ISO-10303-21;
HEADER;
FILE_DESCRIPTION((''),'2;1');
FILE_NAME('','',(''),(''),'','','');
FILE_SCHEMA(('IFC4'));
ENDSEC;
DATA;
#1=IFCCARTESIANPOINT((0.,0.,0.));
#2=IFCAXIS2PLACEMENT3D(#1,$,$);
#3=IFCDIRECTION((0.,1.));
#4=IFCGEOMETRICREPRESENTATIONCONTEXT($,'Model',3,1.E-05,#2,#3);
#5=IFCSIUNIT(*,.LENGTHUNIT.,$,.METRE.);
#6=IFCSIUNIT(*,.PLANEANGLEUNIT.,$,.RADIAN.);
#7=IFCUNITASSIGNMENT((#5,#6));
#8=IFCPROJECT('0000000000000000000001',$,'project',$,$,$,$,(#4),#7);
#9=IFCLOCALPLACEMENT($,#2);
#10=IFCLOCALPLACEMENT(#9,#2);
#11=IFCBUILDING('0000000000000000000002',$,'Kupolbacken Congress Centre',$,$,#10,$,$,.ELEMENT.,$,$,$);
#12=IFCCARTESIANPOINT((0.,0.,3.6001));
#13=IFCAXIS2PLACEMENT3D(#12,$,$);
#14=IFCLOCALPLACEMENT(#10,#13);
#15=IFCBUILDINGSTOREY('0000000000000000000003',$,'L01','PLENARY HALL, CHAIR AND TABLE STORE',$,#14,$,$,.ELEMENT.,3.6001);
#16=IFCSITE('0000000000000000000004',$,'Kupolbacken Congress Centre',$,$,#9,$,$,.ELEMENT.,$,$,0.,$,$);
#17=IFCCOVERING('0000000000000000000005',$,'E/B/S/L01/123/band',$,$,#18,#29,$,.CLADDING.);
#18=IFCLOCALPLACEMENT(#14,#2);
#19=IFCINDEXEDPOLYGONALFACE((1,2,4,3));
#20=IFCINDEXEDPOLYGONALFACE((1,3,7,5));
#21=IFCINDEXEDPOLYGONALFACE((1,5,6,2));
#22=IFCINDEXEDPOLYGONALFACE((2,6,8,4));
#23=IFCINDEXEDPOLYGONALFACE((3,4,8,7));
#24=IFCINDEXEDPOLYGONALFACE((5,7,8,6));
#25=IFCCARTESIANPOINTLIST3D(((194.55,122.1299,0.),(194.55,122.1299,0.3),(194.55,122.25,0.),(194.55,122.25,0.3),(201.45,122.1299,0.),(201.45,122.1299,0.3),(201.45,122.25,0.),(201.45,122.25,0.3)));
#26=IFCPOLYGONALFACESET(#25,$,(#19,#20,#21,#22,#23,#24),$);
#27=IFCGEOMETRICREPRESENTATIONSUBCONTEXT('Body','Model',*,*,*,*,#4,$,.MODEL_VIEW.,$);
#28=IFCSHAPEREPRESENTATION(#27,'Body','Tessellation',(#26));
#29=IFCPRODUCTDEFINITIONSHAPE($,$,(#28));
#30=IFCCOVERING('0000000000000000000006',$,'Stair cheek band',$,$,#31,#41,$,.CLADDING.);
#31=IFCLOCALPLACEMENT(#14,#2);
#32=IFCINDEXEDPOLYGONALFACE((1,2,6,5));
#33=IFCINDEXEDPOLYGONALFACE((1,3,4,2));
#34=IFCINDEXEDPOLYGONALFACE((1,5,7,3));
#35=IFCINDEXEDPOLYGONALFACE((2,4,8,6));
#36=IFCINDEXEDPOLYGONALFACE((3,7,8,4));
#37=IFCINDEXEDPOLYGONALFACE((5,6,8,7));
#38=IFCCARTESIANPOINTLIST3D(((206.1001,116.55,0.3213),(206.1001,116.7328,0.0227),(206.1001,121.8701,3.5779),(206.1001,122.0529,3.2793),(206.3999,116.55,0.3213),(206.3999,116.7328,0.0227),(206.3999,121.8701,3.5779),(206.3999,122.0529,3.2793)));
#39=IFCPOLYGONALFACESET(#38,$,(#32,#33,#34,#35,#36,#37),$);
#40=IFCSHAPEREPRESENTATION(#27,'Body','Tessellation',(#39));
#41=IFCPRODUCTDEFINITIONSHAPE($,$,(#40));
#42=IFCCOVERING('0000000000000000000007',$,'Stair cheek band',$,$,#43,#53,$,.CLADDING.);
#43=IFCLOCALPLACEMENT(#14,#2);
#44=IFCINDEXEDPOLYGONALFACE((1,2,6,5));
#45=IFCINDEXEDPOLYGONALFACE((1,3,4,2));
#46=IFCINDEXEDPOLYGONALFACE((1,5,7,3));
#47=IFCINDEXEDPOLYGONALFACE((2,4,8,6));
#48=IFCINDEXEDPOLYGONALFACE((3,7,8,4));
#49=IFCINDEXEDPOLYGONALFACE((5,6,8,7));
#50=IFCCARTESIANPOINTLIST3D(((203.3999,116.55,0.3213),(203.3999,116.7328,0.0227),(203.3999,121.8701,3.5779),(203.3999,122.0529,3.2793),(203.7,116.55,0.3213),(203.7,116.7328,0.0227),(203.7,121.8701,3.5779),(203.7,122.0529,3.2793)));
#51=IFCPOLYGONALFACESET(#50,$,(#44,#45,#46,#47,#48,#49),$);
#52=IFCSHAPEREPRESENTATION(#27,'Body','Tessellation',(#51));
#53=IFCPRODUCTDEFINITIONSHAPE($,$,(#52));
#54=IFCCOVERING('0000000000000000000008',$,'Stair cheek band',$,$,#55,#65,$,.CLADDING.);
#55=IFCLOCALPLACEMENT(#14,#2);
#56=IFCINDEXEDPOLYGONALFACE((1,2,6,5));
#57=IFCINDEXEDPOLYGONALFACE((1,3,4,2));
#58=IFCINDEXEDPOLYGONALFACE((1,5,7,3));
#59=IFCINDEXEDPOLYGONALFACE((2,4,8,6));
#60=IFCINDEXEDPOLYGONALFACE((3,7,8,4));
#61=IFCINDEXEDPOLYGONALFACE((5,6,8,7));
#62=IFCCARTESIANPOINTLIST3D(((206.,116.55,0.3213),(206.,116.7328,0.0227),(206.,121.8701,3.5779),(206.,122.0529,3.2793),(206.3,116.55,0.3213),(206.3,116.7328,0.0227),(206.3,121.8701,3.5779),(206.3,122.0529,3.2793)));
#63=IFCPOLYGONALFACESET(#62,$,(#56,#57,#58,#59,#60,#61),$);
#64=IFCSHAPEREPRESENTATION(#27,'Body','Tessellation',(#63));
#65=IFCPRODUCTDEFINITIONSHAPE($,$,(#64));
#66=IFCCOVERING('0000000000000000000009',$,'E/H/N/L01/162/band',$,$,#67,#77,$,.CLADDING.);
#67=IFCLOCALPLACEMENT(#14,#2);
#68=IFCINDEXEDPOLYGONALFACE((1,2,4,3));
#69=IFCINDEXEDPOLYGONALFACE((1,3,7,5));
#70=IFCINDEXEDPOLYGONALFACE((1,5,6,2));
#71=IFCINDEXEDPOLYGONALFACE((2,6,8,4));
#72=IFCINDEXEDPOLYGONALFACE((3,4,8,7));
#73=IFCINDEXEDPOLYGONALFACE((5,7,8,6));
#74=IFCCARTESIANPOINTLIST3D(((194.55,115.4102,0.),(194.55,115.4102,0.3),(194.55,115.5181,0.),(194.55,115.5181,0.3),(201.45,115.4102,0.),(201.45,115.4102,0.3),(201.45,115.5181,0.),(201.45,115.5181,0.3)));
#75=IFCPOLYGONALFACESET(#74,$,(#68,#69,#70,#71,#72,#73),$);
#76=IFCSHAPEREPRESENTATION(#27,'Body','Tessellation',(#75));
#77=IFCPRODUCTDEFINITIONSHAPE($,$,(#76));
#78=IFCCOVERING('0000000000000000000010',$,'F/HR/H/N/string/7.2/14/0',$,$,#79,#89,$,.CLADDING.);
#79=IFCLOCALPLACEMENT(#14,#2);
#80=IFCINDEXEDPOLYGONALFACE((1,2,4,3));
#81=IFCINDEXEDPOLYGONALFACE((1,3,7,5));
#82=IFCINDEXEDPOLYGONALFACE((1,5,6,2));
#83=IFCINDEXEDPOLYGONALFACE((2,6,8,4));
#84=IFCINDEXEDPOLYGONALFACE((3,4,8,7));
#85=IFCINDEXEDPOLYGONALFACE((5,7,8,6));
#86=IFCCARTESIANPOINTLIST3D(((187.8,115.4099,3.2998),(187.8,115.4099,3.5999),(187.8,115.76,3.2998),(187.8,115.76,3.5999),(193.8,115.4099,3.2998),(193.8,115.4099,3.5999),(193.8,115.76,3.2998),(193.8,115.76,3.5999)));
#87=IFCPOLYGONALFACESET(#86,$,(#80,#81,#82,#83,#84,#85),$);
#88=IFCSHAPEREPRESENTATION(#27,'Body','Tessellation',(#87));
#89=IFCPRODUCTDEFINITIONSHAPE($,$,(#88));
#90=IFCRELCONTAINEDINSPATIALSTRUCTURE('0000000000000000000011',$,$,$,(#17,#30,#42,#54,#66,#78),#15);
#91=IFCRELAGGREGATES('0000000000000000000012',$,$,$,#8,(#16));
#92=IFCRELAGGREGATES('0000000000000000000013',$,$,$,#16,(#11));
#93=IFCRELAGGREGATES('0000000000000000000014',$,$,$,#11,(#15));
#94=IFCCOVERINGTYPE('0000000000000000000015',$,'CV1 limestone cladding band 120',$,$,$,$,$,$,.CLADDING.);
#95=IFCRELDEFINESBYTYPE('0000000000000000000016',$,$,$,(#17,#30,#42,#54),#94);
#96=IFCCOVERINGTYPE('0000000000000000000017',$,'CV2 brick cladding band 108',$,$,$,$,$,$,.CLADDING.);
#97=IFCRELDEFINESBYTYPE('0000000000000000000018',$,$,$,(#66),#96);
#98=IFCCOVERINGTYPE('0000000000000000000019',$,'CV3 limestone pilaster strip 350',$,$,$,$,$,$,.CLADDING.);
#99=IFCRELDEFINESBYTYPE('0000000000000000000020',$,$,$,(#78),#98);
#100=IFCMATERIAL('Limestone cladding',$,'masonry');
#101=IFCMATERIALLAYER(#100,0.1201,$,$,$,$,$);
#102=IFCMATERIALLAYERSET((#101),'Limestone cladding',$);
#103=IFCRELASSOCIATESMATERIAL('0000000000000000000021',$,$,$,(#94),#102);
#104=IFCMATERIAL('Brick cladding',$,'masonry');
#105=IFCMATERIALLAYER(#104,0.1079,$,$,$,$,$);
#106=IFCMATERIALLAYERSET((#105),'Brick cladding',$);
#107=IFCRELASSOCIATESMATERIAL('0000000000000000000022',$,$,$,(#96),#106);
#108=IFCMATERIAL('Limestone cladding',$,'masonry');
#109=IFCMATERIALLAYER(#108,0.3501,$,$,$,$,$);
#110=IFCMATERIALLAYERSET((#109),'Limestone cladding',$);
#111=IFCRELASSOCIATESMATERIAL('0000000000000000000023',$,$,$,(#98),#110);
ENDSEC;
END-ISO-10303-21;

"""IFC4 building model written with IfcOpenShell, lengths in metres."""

from ifc_helpers import new_model, si_unit, direction, frame, origin, origin_2d, place, context, subcontext, project, spatial, polyline, rectangle, outline, extrude, material, layer, layer_set, type_object, element, save


model = new_model("IFC4")

# Units and contexts
model_context = context("Model", 3, precision=1e-05, world=origin(), true_north=direction((0.0, 1.0)))
body_context = subcontext(model_context, "Body", "Model", "MODEL_VIEW")
ifc_project = project(units=[si_unit("LENGTHUNIT", "METRE"), si_unit("PLANEANGLEUNIT", "RADIAN")], contexts=[model_context])

# Site, building, storey
site_placement = place(None, origin())
site = spatial("IfcSite", under=ifc_project, at=site_placement, Name="Kupolbacken Congress Centre", CompositionType="ELEMENT", RefElevation=0.0)
building_placement = place(site_placement, origin())
building = spatial("IfcBuilding", under=site, at=building_placement, Name="Kupolbacken Congress Centre", CompositionType="ELEMENT")
storey_placement = place(building_placement, frame((0.0, 0.0, 3.6001)))
storey = spatial("IfcBuildingStorey", under=building, at=storey_placement, Name="L01", Description="PLENARY HALL, CHAIR AND TABLE STORE", CompositionType="ELEMENT", Elevation=3.6001)

# Coverings
ifc_material_1 = material(Name="Limestone cladding", Category="masonry")
ifc_layer_1 = layer(ifc_material_1, 0.1201)
ifc_layer_set_1 = layer_set([ifc_layer_1], Name="Limestone cladding")
covering_type_1 = type_object("IfcCoveringType", Name="CV1 limestone cladding band 120", PredefinedType="CLADDING", material=ifc_layer_set_1)
for number, where, z_axis, x_axis, name in (
    (1, (198.0, 122.1899, 0.0), (0.0, 0.0, 1.0), (1.0, 0.0, 0.0), "E/B/S/L01/123/band"),
):
    element("IfcCovering", number, at=place(storey_placement, frame(where, z_axis=z_axis, x_axis=x_axis)), inside=storey, type_object=covering_type_1, Name=name, PredefinedType="CLADDING", context=body_context, shape_type="SweptSolid", body=[
        extrude(rectangle(XDim=6.8999, YDim=0.1201, at=origin_2d()), origin(), (0.0, 0.0, 1.0), 0.3),
    ])
covering_1_placement = place(storey_placement, frame((206.1001, 116.55, 0.3213), z_axis=(0.0, -0.522085, 0.852894), x_axis=(0.0, 0.852894, 0.522085)))
element("IfcCovering", 2, at=covering_1_placement, inside=storey, type_object=covering_type_1, Name="Stair cheek band", PredefinedType="CLADDING", context=body_context, shape_type="SweptSolid", body=[
    extrude(outline(polyline([(0.0, 0.0), (6.2377, 0.0), (6.2377, -0.2998), (0.0, -0.2998), (0.0, 0.0)])), origin(), (0.0, 0.0, -1.0), 0.3501),
])
for number, where, z_axis, x_axis, name in (
    (3, (203.7, 116.55, 0.3213), (0.0, -0.522085, 0.852894), (0.0, 0.852894, 0.522085), "Stair cheek band"),
    (4, (206.3, 116.55, 0.3213), (0.0, -0.522085, 0.852894), (0.0, 0.852894, 0.522085), "Stair cheek band"),
):
    element("IfcCovering", number, at=place(storey_placement, frame(where, z_axis=z_axis, x_axis=x_axis)), inside=storey, type_object=covering_type_1, Name=name, PredefinedType="CLADDING", context=body_context, shape_type="SweptSolid", body=[
        extrude(outline(polyline([(0.0, 0.0), (6.2377, 0.0), (6.2377, 0.3), (0.0, 0.3), (0.0, 0.0)])), origin(), (0.0, 0.0, -1.0), 0.3501),
    ])
ifc_material_2 = material(Name="Brick cladding", Category="masonry")
ifc_layer_2 = layer(ifc_material_2, 0.1079)
ifc_layer_set_2 = layer_set([ifc_layer_2], Name="Brick cladding")
covering_type_2 = type_object("IfcCoveringType", Name="CV2 brick cladding band 108", PredefinedType="CLADDING", material=ifc_layer_set_2)
covering_2_placement = place(storey_placement, frame((198.0, 115.4641, 0.0), z_axis=(0.0, 0.0, 1.0), x_axis=(-1.0, 0.0, 0.0)))
element("IfcCovering", 5, at=covering_2_placement, inside=storey, type_object=covering_type_2, Name="E/H/N/L01/162/band", PredefinedType="CLADDING", context=body_context, shape_type="SweptSolid", body=[
    extrude(rectangle(XDim=6.8999, YDim=0.1079, at=origin_2d()), origin(), (0.0, 0.0, 1.0), 0.3),
])
ifc_material_3 = material(Name="Limestone cladding", Category="masonry")
ifc_layer_3 = layer(ifc_material_3, 0.3501)
ifc_layer_set_3 = layer_set([ifc_layer_3], Name="Limestone cladding")
covering_type_3 = type_object("IfcCoveringType", Name="CV3 limestone pilaster strip 350", PredefinedType="CLADDING", material=ifc_layer_set_3)
covering_3_placement = place(storey_placement, frame((190.8, 115.585, 3.2998), z_axis=(0.0, 0.0, 1.0), x_axis=(1.0, 0.0, 0.0)))
element("IfcCovering", 6, at=covering_3_placement, inside=storey, type_object=covering_type_3, Name="F/HR/H/N/string/7.2/14/0", PredefinedType="CLADDING", context=body_context, shape_type="SweptSolid", body=[
    extrude(rectangle(XDim=6.0, YDim=0.3501, at=origin_2d()), origin(), (0.0, 0.0, 1.0), 0.3),
])

save(model, "model.ifc")
